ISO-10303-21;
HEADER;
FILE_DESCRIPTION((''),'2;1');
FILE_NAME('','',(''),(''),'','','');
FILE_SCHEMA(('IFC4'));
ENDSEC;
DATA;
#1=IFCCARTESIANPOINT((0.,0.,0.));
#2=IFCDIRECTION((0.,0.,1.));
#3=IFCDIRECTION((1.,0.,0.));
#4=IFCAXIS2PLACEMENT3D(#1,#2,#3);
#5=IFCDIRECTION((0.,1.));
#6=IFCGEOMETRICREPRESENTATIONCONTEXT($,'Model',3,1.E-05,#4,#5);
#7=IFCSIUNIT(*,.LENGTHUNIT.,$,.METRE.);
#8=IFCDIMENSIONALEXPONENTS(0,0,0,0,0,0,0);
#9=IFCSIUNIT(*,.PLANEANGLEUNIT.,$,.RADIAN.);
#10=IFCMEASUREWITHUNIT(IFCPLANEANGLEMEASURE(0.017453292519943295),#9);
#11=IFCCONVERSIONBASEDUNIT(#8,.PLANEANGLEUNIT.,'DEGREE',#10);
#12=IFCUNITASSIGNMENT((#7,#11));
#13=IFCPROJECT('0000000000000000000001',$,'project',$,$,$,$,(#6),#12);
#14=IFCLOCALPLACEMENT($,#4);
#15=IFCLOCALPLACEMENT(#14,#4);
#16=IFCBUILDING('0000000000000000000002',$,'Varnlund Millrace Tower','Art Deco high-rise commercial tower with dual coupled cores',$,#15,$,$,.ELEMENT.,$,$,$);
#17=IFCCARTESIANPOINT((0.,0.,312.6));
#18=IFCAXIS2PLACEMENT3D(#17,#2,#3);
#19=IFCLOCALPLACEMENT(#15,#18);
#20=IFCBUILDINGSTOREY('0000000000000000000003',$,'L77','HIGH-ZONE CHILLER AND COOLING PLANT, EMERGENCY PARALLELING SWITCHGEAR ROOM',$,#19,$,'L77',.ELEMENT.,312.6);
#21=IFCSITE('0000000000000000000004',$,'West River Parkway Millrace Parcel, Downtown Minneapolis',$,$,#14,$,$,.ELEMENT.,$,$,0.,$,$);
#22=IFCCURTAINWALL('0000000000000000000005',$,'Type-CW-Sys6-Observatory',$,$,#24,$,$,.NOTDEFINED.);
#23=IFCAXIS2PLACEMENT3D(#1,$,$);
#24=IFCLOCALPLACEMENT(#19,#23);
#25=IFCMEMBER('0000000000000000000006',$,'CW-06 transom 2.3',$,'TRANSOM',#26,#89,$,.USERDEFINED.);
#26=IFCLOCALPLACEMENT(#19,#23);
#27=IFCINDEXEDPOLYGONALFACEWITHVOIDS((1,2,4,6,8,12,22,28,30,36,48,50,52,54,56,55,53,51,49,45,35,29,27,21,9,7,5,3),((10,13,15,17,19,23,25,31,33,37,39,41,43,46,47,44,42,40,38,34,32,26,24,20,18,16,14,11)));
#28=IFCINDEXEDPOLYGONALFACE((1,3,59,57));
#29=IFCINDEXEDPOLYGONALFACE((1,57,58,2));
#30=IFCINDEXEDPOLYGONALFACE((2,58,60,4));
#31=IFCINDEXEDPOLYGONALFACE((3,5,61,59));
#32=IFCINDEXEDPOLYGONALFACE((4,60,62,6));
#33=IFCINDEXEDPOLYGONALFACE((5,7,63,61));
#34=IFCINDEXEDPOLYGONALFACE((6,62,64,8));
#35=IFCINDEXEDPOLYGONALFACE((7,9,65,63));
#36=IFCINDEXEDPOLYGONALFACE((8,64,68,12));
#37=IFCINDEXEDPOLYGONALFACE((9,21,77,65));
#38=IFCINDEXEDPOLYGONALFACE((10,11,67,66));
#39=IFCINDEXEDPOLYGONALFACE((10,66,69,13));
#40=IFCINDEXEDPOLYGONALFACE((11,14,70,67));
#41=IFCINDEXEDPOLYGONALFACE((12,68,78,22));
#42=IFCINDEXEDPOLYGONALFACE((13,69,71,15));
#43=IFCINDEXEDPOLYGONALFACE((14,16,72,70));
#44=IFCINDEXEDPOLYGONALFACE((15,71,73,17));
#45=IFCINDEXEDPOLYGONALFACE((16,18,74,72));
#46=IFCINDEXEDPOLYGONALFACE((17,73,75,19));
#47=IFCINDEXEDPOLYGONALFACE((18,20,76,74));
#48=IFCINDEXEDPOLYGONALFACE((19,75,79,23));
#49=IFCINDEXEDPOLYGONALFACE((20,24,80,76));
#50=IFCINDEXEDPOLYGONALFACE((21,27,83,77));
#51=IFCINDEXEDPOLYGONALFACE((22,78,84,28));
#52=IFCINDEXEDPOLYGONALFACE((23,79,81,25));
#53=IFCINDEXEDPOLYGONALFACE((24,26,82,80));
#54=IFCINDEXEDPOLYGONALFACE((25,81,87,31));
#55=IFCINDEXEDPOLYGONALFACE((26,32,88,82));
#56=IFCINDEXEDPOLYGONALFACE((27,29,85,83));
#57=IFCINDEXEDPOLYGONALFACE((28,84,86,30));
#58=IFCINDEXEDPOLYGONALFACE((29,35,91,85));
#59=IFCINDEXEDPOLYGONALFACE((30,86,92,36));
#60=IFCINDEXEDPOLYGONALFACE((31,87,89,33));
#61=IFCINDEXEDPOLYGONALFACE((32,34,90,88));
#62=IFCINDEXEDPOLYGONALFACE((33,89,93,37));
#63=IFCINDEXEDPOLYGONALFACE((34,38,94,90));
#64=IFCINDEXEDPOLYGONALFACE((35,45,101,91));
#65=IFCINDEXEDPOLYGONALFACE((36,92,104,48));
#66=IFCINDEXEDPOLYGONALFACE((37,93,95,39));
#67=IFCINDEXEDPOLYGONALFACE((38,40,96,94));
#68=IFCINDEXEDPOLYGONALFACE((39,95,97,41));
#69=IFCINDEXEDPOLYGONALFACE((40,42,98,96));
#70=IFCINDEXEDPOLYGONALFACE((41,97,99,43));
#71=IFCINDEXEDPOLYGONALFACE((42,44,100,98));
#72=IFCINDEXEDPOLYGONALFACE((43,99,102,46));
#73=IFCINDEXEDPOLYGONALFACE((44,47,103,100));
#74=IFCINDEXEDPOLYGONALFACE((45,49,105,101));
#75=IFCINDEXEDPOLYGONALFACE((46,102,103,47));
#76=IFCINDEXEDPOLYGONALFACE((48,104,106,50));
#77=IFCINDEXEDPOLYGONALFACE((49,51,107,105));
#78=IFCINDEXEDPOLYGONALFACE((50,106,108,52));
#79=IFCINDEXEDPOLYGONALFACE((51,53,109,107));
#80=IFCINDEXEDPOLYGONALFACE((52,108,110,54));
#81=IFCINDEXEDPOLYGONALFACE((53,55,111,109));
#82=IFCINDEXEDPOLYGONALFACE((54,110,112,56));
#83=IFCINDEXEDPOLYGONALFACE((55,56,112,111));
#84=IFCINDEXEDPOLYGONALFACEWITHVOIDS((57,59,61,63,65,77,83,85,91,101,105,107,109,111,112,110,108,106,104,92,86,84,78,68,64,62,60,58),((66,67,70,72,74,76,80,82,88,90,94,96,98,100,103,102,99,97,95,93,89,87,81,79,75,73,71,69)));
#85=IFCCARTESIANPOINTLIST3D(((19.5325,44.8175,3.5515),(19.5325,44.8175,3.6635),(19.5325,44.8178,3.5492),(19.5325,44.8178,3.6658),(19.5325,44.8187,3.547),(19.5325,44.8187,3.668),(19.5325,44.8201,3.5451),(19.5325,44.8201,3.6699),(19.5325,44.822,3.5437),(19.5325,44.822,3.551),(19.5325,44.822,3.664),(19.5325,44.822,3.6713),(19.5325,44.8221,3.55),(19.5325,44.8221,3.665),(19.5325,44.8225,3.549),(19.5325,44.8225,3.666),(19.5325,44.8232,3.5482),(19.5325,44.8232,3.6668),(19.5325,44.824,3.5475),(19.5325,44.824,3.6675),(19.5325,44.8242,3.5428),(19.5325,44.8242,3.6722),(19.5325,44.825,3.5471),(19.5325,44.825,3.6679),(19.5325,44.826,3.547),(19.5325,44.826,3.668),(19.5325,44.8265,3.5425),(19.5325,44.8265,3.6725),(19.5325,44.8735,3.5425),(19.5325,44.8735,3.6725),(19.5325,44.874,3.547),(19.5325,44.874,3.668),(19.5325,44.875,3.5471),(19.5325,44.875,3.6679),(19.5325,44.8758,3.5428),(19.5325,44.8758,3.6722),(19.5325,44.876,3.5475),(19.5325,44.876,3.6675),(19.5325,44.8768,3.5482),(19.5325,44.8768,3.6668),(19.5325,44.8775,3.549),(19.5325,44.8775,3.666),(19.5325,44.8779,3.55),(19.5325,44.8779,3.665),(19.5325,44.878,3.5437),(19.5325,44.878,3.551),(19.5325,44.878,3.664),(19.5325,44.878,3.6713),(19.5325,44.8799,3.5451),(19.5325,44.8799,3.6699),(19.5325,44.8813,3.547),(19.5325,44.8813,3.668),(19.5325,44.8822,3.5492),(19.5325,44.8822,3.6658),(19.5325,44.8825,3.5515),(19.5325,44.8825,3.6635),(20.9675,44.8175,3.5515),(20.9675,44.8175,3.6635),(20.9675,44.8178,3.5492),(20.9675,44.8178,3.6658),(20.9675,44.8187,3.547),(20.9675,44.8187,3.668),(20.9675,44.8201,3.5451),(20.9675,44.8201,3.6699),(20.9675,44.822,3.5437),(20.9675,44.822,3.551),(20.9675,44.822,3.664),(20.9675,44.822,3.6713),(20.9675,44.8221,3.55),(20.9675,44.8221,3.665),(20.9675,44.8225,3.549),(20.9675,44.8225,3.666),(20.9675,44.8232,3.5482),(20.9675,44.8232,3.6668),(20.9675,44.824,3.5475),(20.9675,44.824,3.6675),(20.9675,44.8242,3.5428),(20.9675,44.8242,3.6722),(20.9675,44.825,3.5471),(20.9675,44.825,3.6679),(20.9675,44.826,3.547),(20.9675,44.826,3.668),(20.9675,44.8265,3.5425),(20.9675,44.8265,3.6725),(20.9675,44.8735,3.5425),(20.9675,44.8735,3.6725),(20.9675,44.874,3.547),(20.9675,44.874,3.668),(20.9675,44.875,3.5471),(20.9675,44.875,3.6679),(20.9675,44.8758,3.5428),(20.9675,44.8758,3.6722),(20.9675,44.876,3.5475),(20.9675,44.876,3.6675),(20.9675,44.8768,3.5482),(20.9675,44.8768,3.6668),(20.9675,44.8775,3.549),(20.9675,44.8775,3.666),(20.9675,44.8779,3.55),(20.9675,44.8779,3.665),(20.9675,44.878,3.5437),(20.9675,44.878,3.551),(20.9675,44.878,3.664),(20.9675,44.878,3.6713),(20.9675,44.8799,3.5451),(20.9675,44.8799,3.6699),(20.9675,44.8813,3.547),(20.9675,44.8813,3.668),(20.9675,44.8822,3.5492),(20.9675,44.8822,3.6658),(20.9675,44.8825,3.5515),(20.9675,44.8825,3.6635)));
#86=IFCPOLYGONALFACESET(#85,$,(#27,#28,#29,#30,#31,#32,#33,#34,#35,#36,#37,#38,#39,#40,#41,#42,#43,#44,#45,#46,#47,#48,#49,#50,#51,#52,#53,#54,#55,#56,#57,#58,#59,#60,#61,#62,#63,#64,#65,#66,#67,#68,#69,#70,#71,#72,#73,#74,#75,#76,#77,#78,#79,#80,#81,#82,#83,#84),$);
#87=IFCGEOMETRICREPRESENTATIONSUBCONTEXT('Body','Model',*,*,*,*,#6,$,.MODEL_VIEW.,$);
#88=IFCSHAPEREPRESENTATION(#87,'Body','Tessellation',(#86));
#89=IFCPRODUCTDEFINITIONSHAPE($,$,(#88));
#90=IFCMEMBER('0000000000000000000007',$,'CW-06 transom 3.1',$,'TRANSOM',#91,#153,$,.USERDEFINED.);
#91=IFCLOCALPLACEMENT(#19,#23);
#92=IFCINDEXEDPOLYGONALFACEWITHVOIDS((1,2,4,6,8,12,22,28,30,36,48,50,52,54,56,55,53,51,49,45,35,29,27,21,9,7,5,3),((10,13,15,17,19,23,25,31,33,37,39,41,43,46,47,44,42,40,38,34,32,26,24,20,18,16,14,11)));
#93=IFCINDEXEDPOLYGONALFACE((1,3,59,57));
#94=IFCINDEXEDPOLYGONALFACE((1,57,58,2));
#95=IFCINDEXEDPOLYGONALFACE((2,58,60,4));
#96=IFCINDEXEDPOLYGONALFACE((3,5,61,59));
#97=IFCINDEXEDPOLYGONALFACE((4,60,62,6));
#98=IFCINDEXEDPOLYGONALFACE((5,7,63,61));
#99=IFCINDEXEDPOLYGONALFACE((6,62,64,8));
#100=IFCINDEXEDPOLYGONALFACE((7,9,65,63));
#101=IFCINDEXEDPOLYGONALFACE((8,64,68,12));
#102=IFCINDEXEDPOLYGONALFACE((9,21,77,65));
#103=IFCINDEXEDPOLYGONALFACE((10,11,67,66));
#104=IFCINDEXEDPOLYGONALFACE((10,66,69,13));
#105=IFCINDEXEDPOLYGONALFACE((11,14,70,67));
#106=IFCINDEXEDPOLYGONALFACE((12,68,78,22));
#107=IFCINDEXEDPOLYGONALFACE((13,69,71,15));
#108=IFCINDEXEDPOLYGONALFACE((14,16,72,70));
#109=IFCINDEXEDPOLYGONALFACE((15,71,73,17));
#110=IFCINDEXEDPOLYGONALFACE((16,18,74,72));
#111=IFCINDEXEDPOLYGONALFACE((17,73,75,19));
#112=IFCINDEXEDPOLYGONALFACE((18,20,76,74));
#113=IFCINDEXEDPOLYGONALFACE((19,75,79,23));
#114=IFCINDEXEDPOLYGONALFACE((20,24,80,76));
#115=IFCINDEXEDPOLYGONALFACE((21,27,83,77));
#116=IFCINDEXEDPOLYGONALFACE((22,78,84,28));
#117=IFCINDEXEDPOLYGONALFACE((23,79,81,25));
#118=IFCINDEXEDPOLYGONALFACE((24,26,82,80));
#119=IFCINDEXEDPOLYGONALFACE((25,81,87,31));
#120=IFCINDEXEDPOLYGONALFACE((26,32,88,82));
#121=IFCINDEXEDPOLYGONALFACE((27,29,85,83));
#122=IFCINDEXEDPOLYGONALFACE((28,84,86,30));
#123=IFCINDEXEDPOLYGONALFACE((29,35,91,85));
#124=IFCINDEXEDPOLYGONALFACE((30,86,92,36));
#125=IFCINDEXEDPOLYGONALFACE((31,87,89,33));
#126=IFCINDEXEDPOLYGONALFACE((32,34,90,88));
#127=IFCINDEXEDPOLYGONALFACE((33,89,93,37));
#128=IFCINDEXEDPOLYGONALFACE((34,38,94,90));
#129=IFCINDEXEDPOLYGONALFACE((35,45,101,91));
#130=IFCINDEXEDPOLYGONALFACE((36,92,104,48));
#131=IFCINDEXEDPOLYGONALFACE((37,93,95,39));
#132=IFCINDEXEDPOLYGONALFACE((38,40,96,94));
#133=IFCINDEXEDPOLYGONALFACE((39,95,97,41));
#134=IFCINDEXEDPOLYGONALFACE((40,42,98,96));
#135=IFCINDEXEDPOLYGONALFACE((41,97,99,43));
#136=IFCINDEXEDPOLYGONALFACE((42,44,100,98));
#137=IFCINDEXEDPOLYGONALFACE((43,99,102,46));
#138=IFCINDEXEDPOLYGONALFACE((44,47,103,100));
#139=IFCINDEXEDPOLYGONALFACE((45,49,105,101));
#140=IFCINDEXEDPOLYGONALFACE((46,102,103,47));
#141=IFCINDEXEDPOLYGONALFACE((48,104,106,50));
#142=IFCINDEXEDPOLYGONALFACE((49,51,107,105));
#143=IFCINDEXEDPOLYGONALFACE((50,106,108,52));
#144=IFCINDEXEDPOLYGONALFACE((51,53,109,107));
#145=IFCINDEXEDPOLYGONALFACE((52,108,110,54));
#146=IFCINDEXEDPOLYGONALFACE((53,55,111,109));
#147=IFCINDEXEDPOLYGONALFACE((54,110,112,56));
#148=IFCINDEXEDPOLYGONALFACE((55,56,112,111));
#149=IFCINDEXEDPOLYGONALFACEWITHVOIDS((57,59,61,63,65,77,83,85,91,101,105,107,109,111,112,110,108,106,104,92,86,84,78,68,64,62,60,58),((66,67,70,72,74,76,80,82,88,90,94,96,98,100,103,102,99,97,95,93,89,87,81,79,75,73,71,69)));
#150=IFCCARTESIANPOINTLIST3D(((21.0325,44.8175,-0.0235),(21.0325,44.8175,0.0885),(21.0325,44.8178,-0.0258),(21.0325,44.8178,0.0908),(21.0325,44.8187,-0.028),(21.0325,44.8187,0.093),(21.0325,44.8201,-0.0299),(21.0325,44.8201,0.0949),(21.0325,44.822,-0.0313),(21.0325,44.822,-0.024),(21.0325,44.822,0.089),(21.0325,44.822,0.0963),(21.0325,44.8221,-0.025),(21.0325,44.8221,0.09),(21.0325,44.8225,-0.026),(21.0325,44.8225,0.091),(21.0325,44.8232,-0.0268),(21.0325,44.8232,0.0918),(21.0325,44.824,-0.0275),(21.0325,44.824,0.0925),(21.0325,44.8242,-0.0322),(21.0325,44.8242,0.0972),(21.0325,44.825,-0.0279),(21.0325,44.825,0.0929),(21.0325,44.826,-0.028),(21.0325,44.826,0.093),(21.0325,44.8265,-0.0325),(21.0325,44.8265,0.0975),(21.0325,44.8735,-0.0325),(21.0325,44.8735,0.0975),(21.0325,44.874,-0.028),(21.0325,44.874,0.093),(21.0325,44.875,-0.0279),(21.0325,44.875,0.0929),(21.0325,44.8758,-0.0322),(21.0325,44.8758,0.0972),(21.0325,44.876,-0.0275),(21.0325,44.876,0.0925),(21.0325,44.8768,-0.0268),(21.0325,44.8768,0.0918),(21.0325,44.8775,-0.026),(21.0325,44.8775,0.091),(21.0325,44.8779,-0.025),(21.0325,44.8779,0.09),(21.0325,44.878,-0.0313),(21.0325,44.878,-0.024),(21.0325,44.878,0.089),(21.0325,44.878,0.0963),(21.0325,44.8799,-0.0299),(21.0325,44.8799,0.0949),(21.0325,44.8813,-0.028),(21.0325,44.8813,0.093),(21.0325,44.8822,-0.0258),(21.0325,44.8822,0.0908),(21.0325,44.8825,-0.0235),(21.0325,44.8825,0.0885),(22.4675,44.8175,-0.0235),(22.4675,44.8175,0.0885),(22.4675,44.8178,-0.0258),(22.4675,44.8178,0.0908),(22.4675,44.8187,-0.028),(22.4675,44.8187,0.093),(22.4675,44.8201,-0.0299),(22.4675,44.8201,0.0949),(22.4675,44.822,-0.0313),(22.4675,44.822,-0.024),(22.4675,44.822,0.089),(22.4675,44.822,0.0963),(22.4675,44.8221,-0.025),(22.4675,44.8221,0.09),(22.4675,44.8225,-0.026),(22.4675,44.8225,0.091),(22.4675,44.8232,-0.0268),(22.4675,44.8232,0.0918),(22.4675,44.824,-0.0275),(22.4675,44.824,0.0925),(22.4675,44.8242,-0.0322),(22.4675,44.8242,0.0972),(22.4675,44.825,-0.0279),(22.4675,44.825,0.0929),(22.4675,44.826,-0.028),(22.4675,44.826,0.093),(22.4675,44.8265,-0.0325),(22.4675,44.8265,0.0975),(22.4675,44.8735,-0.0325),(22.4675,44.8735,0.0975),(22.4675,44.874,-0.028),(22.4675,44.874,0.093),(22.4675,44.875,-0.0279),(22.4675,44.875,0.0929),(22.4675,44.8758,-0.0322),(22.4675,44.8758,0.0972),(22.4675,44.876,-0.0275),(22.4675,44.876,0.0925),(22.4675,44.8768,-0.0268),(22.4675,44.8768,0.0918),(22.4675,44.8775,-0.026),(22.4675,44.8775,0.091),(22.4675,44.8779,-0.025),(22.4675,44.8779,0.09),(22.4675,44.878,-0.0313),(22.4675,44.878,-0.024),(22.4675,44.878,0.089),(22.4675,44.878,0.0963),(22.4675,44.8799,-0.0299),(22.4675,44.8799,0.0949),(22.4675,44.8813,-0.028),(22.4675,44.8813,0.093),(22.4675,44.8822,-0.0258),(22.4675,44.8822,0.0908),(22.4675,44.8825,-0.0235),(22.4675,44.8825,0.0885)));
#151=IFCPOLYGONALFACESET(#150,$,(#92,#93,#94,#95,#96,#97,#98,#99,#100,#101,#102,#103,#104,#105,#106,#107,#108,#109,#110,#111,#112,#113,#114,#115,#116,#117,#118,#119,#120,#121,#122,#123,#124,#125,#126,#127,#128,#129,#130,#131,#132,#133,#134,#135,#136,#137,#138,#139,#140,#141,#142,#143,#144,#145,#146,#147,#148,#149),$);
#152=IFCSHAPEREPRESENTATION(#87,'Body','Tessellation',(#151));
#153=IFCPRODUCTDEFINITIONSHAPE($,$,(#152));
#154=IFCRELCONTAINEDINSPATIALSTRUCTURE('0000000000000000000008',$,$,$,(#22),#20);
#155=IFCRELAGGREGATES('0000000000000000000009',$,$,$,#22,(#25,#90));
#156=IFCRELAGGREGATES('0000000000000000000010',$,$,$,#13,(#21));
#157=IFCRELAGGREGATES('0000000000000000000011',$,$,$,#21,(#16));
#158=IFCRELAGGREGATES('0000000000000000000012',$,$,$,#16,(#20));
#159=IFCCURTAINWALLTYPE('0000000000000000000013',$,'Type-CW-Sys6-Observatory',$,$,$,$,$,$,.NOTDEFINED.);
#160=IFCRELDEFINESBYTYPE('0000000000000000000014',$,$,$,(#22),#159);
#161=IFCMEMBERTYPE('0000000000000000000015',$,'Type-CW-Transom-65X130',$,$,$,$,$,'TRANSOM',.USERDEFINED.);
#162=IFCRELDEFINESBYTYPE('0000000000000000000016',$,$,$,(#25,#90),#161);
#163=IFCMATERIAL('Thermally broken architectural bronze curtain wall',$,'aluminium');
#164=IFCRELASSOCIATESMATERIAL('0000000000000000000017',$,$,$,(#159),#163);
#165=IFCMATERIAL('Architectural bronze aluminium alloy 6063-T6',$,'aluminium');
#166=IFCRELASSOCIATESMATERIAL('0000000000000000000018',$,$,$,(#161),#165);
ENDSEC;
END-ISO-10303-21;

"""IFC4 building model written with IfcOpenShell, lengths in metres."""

from ifc_helpers import new_model, entity, si_unit, converted_unit, direction, frame, origin_with_axes, origin_2d_with_axis, place, context, subcontext, project, spatial, hollow_rectangle, extrude, material, material_profile, profile_set, type_object, element, aggregate, save


model = new_model("IFC4")

# Units and contexts
model_context = context("Model", 3, precision=1e-05, world=origin_with_axes(), true_north=direction((0.0, 1.0)))
body_context = subcontext(model_context, "Body", "Model", "MODEL_VIEW")
ifc_project = project(units=[si_unit("LENGTHUNIT", "METRE"), converted_unit("PLANEANGLEUNIT", "DEGREE", entity("IfcPlaneAngleMeasure", 0.017453292519943295), si_unit("PLANEANGLEUNIT", "RADIAN"), dimensions=[0, 0, 0, 0, 0, 0, 0])], contexts=[model_context])

# Site, building, storey
site_placement = place(None, origin_with_axes())
site = spatial("IfcSite", under=ifc_project, at=site_placement, Name="West River Parkway Millrace Parcel, Downtown Minneapolis", CompositionType="ELEMENT", RefElevation=0.0)
building_placement = place(site_placement, origin_with_axes())
building = spatial("IfcBuilding", under=site, at=building_placement, Name="Varnlund Millrace Tower", Description="Art Deco high-rise commercial tower with dual coupled cores", CompositionType="ELEMENT")
storey_placement = place(building_placement, frame((0.0, 0.0, 312.6), z_axis=(0.0, 0.0, 1.0), x_axis=(1.0, 0.0, 0.0)))
storey = spatial("IfcBuildingStorey", under=building, at=storey_placement, Name="L77", Description="HIGH-ZONE CHILLER AND COOLING PLANT, EMERGENCY PARALLELING SWITCHGEAR ROOM", LongName="L77", CompositionType="ELEMENT", Elevation=312.6)

# Curtain wall, members
ifc_material_1 = material(Name="Thermally broken architectural bronze curtain wall", Category="aluminium")
curtain_wall_type = type_object("IfcCurtainWallType", Name="Type-CW-Sys6-Observatory", PredefinedType="NOTDEFINED", material=ifc_material_1)
ifc_material_2 = material(Name="Architectural bronze aluminium alloy 6063-T6", Category="aluminium")
ifc_material_profile_1 = material_profile(ifc_material_2, hollow_rectangle(XDim=0.065, YDim=0.13, WallThickness=0.0045, InnerFilletRadius=0.004, OuterFilletRadius=0.009, at=origin_2d_with_axis()), Name="Architectural bronze aluminium alloy 6063-T6")
ifc_profile_set_1 = profile_set([ifc_material_profile_1], Name="Architectural bronze aluminium alloy 6063-T6")
member_type = type_object("IfcMemberType", Name="Type-CW-Transom-65X130", ElementType="TRANSOM", PredefinedType="USERDEFINED", material=ifc_profile_set_1)
curtain_wall_1_placement = place(storey_placement, frame((18.0, 44.85, 0.0), z_axis=(0.0, 0.0, 1.0), x_axis=(1.0, 0.0, 0.0)))
curtain_wall_1 = element("IfcCurtainWall", 1, at=curtain_wall_1_placement, inside=storey, type_object=curtain_wall_type, Name="Type-CW-Sys6-Observatory", PredefinedType="NOTDEFINED")
member_1_placement = place(storey_placement, frame((19.5325, 44.85, 3.6075), z_axis=(1.0, 0.0, 0.0), x_axis=(0.0, 1.0, 0.0)))
member_1 = element("IfcMember", 2, at=member_1_placement, type_object=member_type, Name="CW-06 transom 2.3", ObjectType="TRANSOM", PredefinedType="USERDEFINED", context=body_context, shape_type="SweptSolid", body=[
    extrude(hollow_rectangle(XDim=0.065, YDim=0.13, WallThickness=0.0045, InnerFilletRadius=0.004, OuterFilletRadius=0.009, at=origin_2d_with_axis()), origin_with_axes(), (0.0, 0.0, 1.0), 1.435),
])
member_2_placement = place(storey_placement, frame((21.0325, 44.85, 0.0325), z_axis=(1.0, 0.0, 0.0), x_axis=(0.0, 1.0, 0.0)))
member_2 = element("IfcMember", 3, at=member_2_placement, type_object=member_type, Name="CW-06 transom 3.1", ObjectType="TRANSOM", PredefinedType="USERDEFINED", context=body_context, shape_type="SweptSolid", body=[
    extrude(hollow_rectangle(XDim=0.065, YDim=0.13, WallThickness=0.0045, InnerFilletRadius=0.004, OuterFilletRadius=0.009, at=origin_2d_with_axis()), origin_with_axes(), (0.0, 0.0, 1.0), 1.435),
])

aggregate(curtain_wall_1, [member_1, member_2])

save(model, "model.ifc")
